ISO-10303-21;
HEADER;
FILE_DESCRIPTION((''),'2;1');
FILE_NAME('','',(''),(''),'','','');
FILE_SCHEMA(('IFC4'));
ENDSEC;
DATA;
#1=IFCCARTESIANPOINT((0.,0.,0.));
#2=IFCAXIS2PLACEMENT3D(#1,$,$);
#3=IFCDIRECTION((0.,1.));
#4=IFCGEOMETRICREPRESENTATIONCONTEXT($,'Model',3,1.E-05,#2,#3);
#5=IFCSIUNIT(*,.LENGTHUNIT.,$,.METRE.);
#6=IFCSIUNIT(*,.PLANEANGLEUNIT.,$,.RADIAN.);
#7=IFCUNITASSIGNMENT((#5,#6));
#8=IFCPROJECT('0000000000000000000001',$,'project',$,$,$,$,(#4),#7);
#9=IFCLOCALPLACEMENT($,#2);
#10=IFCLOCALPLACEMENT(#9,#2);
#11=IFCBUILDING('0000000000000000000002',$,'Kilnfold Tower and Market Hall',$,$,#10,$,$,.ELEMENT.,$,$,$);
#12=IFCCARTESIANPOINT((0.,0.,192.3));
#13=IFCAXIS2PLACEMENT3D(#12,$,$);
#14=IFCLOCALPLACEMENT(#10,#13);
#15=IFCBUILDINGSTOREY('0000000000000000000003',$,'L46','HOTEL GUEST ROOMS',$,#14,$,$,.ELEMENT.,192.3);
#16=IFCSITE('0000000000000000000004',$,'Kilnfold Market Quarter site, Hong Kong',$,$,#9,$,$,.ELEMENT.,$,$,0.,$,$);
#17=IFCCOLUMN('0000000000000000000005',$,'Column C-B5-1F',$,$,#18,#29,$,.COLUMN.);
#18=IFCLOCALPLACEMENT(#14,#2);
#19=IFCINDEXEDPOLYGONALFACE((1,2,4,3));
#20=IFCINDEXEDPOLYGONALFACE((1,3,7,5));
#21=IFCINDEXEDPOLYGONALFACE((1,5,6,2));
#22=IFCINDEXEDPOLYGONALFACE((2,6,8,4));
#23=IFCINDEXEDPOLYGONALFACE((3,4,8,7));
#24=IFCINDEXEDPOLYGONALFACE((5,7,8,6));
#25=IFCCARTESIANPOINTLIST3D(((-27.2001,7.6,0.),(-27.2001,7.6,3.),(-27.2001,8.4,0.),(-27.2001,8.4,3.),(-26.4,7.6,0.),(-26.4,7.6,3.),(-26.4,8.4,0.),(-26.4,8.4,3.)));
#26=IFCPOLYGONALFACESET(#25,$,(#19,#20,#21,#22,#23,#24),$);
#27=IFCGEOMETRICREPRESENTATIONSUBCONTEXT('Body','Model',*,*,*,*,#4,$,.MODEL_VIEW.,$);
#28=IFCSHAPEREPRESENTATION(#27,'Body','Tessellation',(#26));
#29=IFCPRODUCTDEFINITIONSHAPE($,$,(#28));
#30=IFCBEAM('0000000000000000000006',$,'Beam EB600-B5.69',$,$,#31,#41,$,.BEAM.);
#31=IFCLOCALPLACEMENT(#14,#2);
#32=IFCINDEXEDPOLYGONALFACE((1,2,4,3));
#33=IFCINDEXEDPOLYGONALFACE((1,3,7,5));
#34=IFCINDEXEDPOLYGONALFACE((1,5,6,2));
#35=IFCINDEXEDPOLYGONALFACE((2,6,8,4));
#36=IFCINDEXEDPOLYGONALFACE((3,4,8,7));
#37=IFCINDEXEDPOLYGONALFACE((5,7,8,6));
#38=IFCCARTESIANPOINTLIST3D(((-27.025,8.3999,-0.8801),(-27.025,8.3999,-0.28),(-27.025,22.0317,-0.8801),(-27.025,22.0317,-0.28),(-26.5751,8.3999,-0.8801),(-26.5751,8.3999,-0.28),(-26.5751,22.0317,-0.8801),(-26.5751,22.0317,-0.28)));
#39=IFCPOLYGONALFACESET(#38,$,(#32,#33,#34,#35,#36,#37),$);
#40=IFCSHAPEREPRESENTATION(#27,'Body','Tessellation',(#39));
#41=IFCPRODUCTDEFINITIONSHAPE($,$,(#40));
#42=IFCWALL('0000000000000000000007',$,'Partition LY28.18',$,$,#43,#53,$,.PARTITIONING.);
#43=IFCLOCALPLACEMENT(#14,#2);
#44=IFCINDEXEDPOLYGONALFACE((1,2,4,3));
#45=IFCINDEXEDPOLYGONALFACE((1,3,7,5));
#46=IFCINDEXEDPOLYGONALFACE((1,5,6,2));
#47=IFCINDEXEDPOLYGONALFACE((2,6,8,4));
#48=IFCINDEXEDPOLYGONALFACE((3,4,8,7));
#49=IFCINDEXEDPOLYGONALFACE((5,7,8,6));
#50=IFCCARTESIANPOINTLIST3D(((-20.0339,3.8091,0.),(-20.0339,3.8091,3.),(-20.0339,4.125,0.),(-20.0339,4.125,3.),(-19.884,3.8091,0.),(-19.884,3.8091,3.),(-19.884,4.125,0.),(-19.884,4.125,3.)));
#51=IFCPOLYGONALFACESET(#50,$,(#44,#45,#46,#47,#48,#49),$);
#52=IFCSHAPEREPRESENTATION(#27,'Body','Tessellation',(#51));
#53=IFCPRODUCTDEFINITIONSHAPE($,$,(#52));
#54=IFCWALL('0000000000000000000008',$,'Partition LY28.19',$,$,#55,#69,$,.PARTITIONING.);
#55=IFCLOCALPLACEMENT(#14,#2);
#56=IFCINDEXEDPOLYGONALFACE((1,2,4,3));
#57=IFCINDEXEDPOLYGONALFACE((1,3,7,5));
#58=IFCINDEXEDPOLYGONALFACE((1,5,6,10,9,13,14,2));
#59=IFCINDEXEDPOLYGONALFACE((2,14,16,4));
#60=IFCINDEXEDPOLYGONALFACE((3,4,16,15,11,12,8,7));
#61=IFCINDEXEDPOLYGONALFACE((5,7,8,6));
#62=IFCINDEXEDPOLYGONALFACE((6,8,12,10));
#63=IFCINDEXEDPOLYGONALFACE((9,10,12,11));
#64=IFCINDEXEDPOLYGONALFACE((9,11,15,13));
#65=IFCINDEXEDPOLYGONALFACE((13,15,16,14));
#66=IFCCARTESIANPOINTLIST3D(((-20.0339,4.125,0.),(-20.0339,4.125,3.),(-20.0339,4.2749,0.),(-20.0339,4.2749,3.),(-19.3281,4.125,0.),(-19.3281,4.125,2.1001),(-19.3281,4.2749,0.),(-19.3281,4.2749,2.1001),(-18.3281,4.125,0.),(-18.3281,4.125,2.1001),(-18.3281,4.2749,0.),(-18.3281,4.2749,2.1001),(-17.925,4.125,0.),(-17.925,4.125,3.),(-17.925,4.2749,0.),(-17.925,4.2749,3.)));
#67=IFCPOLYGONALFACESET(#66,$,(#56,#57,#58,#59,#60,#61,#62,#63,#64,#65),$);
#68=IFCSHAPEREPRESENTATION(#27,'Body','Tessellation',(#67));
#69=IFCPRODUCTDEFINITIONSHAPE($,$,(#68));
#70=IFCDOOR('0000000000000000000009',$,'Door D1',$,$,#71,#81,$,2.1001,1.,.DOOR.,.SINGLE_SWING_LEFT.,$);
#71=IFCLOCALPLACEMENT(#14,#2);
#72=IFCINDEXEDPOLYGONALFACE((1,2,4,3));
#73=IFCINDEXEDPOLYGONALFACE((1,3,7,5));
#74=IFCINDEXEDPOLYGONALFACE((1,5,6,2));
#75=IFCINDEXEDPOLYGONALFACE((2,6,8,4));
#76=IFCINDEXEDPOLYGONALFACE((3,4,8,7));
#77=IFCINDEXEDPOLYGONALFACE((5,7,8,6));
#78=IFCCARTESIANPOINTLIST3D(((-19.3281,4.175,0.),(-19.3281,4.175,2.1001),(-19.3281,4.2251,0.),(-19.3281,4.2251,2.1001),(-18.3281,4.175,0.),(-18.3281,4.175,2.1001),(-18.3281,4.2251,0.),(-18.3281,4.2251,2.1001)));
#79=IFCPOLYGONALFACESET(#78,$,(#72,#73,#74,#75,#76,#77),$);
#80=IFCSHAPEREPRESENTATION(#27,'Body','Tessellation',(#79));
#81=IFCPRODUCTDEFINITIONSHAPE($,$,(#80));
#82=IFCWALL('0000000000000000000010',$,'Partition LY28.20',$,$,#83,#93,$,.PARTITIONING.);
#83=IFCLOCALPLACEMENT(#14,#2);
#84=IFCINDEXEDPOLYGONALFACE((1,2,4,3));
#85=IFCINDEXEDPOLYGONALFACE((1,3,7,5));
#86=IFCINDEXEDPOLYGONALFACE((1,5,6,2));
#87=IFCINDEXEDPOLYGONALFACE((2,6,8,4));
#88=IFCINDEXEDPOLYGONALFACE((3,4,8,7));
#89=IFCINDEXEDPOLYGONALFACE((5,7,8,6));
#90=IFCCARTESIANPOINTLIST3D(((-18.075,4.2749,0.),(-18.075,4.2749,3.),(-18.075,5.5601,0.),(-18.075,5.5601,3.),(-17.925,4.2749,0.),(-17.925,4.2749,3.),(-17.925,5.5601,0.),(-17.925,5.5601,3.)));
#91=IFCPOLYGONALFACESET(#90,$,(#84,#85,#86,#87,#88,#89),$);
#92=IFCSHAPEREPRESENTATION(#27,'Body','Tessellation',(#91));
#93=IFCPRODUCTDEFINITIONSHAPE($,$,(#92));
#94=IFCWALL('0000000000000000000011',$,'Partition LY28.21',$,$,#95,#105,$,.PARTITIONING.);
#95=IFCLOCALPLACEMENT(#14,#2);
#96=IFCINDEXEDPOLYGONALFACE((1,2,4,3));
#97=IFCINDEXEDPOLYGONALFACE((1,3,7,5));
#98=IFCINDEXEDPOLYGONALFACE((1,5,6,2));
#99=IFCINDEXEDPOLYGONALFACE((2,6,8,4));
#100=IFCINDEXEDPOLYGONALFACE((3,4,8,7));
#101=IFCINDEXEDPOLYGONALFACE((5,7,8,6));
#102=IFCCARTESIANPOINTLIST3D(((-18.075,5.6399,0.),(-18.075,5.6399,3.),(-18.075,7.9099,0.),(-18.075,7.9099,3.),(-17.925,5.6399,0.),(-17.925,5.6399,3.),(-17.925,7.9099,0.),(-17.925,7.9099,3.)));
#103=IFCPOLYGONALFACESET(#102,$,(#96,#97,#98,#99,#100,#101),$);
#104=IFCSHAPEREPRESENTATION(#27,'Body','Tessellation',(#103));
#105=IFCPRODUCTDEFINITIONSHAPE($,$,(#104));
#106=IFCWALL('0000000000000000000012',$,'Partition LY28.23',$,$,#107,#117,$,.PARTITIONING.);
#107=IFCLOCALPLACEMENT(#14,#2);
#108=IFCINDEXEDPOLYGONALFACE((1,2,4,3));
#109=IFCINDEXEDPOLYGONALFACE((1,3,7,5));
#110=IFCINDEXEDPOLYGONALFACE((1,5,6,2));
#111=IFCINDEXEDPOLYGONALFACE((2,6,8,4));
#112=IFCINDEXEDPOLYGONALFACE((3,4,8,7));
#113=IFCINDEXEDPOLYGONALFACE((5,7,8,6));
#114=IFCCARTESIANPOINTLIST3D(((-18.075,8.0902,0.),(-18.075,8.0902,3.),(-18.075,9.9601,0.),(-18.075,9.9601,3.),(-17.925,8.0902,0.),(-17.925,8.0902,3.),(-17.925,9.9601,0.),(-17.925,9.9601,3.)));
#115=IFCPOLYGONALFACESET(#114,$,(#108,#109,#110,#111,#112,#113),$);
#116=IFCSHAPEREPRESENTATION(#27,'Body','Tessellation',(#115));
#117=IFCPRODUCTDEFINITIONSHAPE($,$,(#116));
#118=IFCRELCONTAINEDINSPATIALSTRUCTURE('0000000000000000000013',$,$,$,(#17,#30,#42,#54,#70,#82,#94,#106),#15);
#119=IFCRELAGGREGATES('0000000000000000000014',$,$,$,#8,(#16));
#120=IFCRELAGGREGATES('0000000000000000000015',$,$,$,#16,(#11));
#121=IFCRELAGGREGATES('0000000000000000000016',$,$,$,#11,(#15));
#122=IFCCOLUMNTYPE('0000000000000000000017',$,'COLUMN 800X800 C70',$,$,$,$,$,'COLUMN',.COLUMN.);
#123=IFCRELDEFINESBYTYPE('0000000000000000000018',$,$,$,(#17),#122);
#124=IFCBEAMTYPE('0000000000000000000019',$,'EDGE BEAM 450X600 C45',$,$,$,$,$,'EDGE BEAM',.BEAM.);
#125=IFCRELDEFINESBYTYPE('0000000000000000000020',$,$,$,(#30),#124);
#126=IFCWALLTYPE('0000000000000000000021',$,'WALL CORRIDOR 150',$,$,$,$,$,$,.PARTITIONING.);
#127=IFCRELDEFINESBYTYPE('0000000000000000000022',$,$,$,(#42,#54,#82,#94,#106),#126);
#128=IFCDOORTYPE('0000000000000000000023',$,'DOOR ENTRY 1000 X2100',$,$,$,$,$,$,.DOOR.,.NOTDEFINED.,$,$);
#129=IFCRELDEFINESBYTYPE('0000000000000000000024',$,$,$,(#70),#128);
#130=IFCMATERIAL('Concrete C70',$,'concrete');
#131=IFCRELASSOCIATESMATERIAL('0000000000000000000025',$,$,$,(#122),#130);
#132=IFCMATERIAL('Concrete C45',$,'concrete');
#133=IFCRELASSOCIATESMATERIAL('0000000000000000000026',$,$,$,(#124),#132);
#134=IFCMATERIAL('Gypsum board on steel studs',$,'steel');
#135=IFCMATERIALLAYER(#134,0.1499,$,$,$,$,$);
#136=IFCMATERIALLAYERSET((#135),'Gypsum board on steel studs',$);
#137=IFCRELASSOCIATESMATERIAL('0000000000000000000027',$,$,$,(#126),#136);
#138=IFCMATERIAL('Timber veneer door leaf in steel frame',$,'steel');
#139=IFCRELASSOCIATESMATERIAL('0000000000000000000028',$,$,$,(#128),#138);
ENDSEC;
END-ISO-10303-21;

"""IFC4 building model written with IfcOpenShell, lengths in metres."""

from ifc_helpers import new_model, si_unit, direction, frame, frame_2d, origin, origin_2d, place, context, subcontext, project, spatial, rectangle, extrude, source, transform, mapped, material, layer, layer_set, material_profile, profile_set, type_object, element, fill, save


model = new_model("IFC4")

# Units and contexts
model_context = context("Model", 3, precision=1e-05, world=origin(), true_north=direction((0.0, 1.0)))
body_context = subcontext(model_context, "Body", "Model", "MODEL_VIEW")
ifc_project = project(units=[si_unit("LENGTHUNIT", "METRE"), si_unit("PLANEANGLEUNIT", "RADIAN")], contexts=[model_context])

# Site, building, storey
site_placement = place(None, origin())
site = spatial("IfcSite", under=ifc_project, at=site_placement, Name="Kilnfold Market Quarter site, Hong Kong", CompositionType="ELEMENT", RefElevation=0.0)
building_placement = place(site_placement, origin())
building = spatial("IfcBuilding", under=site, at=building_placement, Name="Kilnfold Tower and Market Hall", CompositionType="ELEMENT")
storey_placement = place(building_placement, frame((0.0, 0.0, 192.3)))
storey = spatial("IfcBuildingStorey", under=building, at=storey_placement, Name="L46", Description="HOTEL GUEST ROOMS", CompositionType="ELEMENT", Elevation=192.3)

# Column
ifc_material_1 = material(Name="Concrete C70", Category="concrete")
ifc_material_profile_1 = material_profile(ifc_material_1, rectangle(XDim=0.8, YDim=0.8, at=origin_2d()), Name="RC 800x800")
ifc_profile_set_1 = profile_set([ifc_material_profile_1], Name="Concrete C70")
column_type = type_object("IfcColumnType", Name="COLUMN 800X800 C70", ElementType="COLUMN", PredefinedType="COLUMN", material=ifc_profile_set_1)
shared_shape_1 = source(origin(), body_context, "Body", "SweptSolid", [
    extrude(rectangle(XDim=0.8, YDim=0.8, at=origin_2d()), origin(), (0.0, 0.0, 1.0), 3.0),
])
column_placement = place(storey_placement, frame((-26.8, 8.0, 0.0), z_axis=(0.0, 0.0, 1.0), x_axis=(1.0, 0.0, 0.0)))
element("IfcColumn", 1, at=column_placement, inside=storey, type_object=column_type, Name="Column C-B5-1F", PredefinedType="COLUMN", context=body_context, shape_type="MappedRepresentation", body=[
    mapped(shared_shape_1, transform((0.0, 0.0, 0.0))),
])

# Beam
ifc_material_2 = material(Name="Concrete C45", Category="concrete")
ifc_material_profile_2 = material_profile(ifc_material_2, rectangle(XDim=0.45, YDim=0.6001, at=origin_2d()), Name="RC 450x600")
ifc_profile_set_2 = profile_set([ifc_material_profile_2], Name="Concrete C45")
beam_type = type_object("IfcBeamType", Name="EDGE BEAM 450X600 C45", ElementType="EDGE BEAM", PredefinedType="BEAM", material=ifc_profile_set_2)
shared_shape_2 = source(origin(), body_context, "Body", "SweptSolid", [
    extrude(rectangle(XDim=0.45, YDim=0.6001, at=origin_2d()), origin(), (0.0, 0.0, 1.0), 13.6318),
])
beam_placement = place(storey_placement, frame((-26.8, 8.3999, -0.5801), z_axis=(0.0, 1.0, 0.0), x_axis=(-1.0, 0.0, 0.0)))
element("IfcBeam", 2, at=beam_placement, inside=storey, type_object=beam_type, Name="Beam EB600-B5.69", PredefinedType="BEAM", context=body_context, shape_type="MappedRepresentation", body=[
    mapped(shared_shape_2, transform((0.0, 0.0, 0.0))),
])

# Wall
ifc_material_3 = material(Name="Gypsum board on steel studs", Category="steel")
ifc_layer_1 = layer(ifc_material_3, 0.1499)
ifc_layer_set_1 = layer_set([ifc_layer_1], Name="Gypsum board on steel studs")
wall_type_1 = type_object("IfcWallType", Name="WALL CORRIDOR 150", PredefinedType="PARTITIONING", material=ifc_layer_set_1)
wall_1_placement = place(storey_placement, frame((-19.959, 3.8091, 0.0), z_axis=(0.0, 0.0, 1.0), x_axis=(0.0, 1.0, 0.0)))
element("IfcWall", 3, at=wall_1_placement, inside=storey, type_object=wall_type_1, Name="Partition LY28.18", PredefinedType="PARTITIONING", context=body_context, shape_type="SweptSolid", body=[
    extrude(rectangle(XDim=0.3159, YDim=0.1499, at=frame_2d((0.158, 0.0))), origin(), (0.0, 0.0, 1.0), 3.0),
])

# Wall, opening, door
wall_2_placement = place(storey_placement, frame((-17.925, 4.2, 0.0), z_axis=(0.0, 0.0, 1.0), x_axis=(-1.0, 0.0, 0.0)))
wall_2 = element("IfcWall", 4, at=wall_2_placement, inside=storey, type_object=wall_type_1, Name="Partition LY28.19", PredefinedType="PARTITIONING", context=body_context, shape_type="SweptSolid", body=[
    extrude(rectangle(XDim=2.1089, YDim=0.1499, at=frame_2d((1.0544, 0.0))), origin(), (0.0, 0.0, 1.0), 3.0),
])
opening_1_placement = place(wall_2_placement, frame((0.4031, 0.0, 0.0)))
opening_1 = element("IfcOpeningElement", 5, at=opening_1_placement, cuts=wall_2, PredefinedType="OPENING", context=body_context, shape_type="SweptSolid", body=[
    extrude(rectangle(XDim=1.0, YDim=2.1001, at=frame_2d((0.5, 1.05))), frame((0.0, 0.085, 0.0), z_axis=(0.0, -1.0, 0.0), x_axis=(1.0, 0.0, 0.0)), (0.0, 0.0, 1.0), 0.1699),
])
ifc_material_4 = material(Name="Timber veneer door leaf in steel frame", Category="steel")
door_type_1 = type_object("IfcDoorType", Name="DOOR ENTRY 1000 X2100", OperationType="NOTDEFINED", PredefinedType="DOOR", material=ifc_material_4)
door_1_placement = place(opening_1_placement, origin())
door_1 = element("IfcDoor", 6, at=door_1_placement, inside=storey, type_object=door_type_1, Name="Door D1", OperationType="SINGLE_SWING_LEFT", OverallHeight=2.1001, OverallWidth=1.0, PredefinedType="DOOR", context=body_context, shape_type="SweptSolid", body=[
    extrude(rectangle(XDim=1.0, YDim=2.1001, at=frame_2d((0.5, 1.05))), frame((0.0, 0.0249, 0.0), z_axis=(0.0, -1.0, 0.0), x_axis=(1.0, 0.0, 0.0)), (0.0, 0.0, 1.0), 0.05),
])
fill(opening_1, door_1)

# Walls
wall_3_placement = place(storey_placement, frame((-18.0, 4.2749, 0.0), z_axis=(0.0, 0.0, 1.0), x_axis=(0.0, 1.0, 0.0)))
element("IfcWall", 7, at=wall_3_placement, inside=storey, type_object=wall_type_1, Name="Partition LY28.20", PredefinedType="PARTITIONING", context=body_context, shape_type="SweptSolid", body=[
    extrude(rectangle(XDim=1.2852, YDim=0.1499, at=frame_2d((0.6426, 0.0))), origin(), (0.0, 0.0, 1.0), 3.0),
])
wall_4_placement = place(storey_placement, frame((-18.0, 5.6399, 0.0), z_axis=(0.0, 0.0, 1.0), x_axis=(0.0, 1.0, 0.0)))
element("IfcWall", 8, at=wall_4_placement, inside=storey, type_object=wall_type_1, Name="Partition LY28.21", PredefinedType="PARTITIONING", context=body_context, shape_type="SweptSolid", body=[
    extrude(rectangle(XDim=2.27, YDim=0.1499, at=frame_2d((1.135, 0.0))), origin(), (0.0, 0.0, 1.0), 3.0),
])
wall_5_placement = place(storey_placement, frame((-18.0, 8.0901, 0.0), z_axis=(0.0, 0.0, 1.0), x_axis=(0.0, 1.0, 0.0)))
element("IfcWall", 9, at=wall_5_placement, inside=storey, type_object=wall_type_1, Name="Partition LY28.23", PredefinedType="PARTITIONING", context=body_context, shape_type="SweptSolid", body=[
    extrude(rectangle(XDim=1.8699, YDim=0.1499, at=frame_2d((0.9351, 0.0))), origin(), (0.0, 0.0, 1.0), 3.0),
])

save(model, "model.ifc")
